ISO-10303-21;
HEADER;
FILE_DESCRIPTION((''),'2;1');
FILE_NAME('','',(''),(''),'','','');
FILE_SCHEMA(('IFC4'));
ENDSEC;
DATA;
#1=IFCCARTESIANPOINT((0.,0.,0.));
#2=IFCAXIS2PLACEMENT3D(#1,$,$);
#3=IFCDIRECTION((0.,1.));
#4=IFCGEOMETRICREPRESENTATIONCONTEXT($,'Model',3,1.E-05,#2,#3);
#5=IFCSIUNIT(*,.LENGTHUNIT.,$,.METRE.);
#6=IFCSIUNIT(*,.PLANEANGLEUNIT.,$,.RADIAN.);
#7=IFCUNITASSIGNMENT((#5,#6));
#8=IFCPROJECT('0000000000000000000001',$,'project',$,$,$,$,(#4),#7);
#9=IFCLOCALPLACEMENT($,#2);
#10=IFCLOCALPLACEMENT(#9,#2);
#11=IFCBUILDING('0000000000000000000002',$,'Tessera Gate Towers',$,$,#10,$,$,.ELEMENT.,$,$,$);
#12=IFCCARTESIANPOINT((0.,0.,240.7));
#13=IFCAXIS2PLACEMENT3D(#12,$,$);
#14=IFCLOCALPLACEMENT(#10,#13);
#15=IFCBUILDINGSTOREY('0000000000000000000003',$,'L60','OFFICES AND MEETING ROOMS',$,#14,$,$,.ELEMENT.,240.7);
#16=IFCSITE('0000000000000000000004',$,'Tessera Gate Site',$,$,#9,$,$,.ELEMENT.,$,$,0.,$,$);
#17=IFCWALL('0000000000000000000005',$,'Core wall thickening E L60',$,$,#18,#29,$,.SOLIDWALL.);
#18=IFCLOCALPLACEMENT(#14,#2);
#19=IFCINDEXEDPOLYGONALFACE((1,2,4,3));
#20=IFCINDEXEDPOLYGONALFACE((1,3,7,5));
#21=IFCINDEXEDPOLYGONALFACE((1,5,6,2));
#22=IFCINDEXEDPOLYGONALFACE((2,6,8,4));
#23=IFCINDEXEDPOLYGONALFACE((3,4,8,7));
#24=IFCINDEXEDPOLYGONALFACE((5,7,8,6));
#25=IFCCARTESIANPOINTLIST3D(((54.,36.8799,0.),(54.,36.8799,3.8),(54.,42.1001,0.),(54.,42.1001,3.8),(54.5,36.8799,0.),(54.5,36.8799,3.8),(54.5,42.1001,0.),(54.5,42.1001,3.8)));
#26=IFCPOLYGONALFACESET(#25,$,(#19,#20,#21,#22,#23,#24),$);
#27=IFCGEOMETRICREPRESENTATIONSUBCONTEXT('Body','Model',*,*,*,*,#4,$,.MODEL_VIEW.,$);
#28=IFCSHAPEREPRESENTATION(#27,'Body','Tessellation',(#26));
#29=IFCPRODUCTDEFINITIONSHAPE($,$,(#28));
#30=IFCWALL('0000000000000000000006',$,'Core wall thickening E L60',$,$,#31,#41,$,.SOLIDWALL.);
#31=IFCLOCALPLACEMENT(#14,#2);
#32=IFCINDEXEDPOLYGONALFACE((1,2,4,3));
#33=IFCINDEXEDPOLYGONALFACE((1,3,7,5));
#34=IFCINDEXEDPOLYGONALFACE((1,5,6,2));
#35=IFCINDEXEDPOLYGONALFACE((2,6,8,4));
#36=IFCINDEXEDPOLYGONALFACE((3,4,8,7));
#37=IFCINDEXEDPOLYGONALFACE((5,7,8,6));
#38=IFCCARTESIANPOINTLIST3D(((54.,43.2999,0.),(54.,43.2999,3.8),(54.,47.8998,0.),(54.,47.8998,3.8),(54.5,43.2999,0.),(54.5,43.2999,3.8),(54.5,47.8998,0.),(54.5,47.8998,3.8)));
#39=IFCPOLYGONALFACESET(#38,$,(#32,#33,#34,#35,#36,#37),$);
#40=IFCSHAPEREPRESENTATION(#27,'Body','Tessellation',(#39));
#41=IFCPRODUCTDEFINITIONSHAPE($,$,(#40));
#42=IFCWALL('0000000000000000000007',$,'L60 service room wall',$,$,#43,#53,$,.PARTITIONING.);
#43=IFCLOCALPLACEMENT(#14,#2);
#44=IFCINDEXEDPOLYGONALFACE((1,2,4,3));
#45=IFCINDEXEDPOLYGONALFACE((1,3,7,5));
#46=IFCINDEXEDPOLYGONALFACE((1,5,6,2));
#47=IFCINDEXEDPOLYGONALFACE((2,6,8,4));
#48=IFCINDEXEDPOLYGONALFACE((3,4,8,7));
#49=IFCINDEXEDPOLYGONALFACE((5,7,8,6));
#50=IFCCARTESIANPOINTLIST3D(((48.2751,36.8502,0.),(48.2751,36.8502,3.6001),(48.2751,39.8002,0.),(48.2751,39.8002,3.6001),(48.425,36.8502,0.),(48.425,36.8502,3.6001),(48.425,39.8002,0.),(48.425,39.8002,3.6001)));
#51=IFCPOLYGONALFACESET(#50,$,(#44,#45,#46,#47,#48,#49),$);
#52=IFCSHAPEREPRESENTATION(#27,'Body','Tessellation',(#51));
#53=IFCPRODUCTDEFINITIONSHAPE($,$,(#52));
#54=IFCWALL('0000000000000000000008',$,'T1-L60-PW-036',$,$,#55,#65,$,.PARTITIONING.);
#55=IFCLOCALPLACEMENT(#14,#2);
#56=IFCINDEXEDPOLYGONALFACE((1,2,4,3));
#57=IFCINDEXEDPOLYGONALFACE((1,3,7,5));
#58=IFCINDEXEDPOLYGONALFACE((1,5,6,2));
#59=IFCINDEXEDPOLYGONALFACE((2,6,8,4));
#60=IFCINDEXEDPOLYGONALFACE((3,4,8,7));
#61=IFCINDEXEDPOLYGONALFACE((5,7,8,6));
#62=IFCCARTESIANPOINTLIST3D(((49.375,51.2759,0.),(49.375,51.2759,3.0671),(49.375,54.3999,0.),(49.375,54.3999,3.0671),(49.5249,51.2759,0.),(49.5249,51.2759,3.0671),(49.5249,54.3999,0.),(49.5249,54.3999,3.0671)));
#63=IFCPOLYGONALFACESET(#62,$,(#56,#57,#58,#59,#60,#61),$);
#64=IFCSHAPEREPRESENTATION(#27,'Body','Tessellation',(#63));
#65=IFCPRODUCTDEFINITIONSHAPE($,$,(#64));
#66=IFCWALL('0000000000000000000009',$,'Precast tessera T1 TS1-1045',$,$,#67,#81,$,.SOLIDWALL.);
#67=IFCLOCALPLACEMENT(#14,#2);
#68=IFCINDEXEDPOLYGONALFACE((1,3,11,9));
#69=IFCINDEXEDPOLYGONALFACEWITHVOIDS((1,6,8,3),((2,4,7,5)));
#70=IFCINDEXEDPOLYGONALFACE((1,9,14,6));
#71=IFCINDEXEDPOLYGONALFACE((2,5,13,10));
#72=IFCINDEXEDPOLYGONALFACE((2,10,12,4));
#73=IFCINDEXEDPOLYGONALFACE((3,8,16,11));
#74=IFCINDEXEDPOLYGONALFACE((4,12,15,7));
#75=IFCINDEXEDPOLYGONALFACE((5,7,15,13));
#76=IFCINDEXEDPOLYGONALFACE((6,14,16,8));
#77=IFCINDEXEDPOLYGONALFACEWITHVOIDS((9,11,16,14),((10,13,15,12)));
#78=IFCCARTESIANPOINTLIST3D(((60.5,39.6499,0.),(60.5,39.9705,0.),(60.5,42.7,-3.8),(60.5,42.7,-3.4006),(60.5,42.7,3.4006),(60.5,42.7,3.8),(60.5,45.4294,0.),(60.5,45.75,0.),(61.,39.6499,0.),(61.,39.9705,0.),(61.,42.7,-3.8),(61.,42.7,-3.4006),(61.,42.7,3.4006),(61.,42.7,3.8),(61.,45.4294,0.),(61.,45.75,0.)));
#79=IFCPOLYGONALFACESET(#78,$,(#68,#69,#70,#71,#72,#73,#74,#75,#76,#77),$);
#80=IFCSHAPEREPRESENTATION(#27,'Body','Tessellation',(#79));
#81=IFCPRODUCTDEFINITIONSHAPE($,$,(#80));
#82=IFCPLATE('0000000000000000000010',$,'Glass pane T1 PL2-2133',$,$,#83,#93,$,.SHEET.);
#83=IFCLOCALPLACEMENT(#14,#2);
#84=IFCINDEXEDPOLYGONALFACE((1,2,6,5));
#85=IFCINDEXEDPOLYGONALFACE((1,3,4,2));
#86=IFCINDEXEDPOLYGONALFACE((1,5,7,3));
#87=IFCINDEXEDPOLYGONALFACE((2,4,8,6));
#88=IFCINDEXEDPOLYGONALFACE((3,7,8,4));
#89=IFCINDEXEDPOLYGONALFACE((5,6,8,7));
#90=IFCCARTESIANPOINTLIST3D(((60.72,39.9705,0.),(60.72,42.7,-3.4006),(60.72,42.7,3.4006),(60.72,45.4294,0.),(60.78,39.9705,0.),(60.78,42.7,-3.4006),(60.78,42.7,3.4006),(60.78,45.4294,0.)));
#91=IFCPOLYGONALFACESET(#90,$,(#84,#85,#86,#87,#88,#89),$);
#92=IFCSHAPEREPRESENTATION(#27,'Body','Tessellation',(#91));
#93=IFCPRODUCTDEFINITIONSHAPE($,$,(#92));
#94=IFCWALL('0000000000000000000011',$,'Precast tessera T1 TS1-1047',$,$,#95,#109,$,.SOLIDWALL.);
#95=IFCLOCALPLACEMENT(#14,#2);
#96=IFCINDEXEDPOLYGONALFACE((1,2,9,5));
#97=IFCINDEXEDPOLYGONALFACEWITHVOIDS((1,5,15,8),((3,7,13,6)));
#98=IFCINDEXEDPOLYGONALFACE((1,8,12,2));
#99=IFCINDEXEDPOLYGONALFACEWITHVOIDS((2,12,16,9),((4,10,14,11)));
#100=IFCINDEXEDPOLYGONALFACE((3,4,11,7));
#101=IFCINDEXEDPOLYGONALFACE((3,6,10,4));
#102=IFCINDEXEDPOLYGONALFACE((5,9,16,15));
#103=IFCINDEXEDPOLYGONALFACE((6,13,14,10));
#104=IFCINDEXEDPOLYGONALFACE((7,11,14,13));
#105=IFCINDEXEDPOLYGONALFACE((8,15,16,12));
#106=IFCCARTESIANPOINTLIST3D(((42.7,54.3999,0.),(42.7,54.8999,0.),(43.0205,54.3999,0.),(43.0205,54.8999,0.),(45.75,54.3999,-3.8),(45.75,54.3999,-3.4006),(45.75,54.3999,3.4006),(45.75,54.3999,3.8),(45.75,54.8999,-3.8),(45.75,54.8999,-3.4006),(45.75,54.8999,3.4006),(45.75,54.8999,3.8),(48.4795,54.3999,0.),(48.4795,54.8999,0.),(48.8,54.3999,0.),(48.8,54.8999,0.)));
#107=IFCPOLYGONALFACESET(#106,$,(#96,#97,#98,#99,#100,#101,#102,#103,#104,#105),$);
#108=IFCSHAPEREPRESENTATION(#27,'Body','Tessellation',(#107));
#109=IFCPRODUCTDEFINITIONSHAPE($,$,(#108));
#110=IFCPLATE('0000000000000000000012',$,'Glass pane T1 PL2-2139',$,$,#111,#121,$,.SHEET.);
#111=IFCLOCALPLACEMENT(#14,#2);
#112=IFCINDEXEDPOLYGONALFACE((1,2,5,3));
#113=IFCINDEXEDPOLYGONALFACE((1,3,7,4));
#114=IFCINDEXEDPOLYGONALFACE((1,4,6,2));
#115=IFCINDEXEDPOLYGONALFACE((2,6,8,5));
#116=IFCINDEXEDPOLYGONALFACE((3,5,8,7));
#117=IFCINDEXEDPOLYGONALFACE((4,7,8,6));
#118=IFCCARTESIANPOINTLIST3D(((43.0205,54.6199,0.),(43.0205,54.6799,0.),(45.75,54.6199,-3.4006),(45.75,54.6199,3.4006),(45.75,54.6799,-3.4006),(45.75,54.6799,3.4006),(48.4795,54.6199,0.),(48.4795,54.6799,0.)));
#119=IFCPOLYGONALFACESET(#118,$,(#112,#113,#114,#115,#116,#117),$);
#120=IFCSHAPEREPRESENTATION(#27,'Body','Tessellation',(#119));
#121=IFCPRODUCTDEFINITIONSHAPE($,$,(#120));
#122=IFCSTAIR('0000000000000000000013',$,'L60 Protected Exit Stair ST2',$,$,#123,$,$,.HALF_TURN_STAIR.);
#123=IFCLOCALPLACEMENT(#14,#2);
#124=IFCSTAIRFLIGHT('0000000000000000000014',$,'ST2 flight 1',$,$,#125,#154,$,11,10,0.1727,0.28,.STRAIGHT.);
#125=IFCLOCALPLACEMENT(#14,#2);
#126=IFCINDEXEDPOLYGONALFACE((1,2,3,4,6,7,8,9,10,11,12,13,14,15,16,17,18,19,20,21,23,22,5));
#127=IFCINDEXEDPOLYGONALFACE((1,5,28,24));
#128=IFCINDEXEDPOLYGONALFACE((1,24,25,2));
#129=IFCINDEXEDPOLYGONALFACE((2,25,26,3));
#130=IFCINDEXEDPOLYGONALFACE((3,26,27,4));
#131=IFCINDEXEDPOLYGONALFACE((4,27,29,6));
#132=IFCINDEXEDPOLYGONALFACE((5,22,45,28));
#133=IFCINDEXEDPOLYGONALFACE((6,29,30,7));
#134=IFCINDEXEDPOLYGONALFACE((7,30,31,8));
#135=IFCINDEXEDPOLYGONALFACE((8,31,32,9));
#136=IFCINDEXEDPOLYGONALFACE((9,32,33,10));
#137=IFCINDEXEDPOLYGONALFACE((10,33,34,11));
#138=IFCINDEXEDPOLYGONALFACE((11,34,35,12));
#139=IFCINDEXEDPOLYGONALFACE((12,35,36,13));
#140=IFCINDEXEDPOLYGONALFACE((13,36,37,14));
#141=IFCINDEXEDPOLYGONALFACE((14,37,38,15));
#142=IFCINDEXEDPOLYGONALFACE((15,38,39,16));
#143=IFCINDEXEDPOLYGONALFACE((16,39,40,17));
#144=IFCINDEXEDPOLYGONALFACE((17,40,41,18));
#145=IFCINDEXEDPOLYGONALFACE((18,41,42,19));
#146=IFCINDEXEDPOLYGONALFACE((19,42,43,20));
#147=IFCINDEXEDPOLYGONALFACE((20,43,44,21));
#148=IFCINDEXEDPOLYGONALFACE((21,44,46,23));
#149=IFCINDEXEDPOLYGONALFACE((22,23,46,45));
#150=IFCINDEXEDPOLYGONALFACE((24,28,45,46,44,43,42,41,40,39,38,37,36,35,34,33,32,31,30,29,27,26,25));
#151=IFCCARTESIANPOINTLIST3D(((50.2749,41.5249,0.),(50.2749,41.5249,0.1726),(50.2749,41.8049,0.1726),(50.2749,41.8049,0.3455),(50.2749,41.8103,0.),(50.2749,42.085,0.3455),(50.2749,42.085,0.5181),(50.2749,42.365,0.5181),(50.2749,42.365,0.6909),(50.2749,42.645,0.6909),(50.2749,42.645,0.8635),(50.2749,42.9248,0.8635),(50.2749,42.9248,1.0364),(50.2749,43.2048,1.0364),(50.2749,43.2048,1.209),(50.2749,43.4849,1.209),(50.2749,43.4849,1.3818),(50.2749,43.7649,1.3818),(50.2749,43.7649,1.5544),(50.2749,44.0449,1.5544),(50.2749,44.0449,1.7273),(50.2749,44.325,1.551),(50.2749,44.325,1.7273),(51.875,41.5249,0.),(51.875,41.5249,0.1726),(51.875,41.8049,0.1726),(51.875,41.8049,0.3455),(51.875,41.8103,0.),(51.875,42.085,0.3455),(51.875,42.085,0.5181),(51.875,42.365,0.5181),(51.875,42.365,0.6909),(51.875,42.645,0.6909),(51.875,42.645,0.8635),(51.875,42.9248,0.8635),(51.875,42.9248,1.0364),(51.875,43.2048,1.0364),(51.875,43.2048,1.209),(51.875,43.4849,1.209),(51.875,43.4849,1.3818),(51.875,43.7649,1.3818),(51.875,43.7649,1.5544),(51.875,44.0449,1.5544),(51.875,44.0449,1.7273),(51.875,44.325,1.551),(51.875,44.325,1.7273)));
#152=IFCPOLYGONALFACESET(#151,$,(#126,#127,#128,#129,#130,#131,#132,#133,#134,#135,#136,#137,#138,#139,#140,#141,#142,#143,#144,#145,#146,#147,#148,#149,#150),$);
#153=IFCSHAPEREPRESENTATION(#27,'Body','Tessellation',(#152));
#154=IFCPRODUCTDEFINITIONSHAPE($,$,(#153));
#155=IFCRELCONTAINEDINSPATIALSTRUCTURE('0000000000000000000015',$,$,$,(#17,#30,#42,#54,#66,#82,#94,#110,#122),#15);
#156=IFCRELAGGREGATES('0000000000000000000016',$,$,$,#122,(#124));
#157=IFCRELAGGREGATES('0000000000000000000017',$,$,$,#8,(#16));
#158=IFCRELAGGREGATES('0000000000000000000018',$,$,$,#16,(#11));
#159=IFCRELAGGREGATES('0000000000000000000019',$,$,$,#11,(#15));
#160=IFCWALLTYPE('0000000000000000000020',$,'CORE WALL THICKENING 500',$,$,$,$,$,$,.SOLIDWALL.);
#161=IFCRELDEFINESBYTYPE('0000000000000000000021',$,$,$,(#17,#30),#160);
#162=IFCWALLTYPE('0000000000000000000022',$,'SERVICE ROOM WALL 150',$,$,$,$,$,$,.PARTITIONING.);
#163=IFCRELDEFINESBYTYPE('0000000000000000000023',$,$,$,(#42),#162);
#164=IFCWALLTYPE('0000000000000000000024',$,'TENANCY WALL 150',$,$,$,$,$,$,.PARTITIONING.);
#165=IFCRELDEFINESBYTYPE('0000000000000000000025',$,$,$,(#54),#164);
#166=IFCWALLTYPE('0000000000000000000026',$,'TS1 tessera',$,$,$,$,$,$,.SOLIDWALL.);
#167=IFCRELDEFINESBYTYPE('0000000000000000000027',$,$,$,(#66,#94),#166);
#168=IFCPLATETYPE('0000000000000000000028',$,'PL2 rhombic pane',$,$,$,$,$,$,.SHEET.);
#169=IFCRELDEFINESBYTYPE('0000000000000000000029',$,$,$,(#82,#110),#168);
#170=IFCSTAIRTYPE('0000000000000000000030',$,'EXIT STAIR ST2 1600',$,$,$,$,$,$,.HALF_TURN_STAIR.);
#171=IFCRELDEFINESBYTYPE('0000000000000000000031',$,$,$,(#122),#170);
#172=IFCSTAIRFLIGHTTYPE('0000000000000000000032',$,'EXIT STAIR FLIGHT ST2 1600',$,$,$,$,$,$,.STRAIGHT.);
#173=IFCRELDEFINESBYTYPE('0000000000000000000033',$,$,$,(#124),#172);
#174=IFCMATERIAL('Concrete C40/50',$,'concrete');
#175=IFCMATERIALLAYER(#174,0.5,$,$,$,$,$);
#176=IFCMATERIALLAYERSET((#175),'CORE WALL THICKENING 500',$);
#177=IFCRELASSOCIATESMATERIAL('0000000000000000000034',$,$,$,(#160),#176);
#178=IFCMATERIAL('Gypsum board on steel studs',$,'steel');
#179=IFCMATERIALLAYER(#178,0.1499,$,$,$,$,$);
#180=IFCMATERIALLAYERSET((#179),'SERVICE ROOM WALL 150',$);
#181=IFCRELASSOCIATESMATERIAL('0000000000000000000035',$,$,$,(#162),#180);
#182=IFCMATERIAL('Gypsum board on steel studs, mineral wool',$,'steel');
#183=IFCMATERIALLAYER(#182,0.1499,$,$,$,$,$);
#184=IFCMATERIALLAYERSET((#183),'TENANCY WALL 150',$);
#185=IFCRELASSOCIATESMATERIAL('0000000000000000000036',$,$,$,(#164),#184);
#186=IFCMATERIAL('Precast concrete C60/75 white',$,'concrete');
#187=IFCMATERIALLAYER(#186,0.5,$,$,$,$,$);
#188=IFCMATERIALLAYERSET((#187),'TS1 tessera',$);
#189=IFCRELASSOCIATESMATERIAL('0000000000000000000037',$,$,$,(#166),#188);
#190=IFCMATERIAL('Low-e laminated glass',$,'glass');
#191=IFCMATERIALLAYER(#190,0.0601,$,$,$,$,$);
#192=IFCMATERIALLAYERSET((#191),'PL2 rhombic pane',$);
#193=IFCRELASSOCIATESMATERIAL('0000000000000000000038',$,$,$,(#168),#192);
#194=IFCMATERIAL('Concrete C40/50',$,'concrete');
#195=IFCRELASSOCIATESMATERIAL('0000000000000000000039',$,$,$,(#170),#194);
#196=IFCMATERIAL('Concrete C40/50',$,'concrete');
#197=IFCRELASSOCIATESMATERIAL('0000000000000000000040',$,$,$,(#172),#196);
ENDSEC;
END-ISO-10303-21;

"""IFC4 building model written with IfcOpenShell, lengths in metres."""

from ifc_helpers import new_model, si_unit, direction, frame, frame_2d, origin, place, context, subcontext, project, spatial, polyline, rectangle, outline, extrude, source, transform, mapped, material, layer, layer_set, type_object, element, fill, aggregate, save


model = new_model("IFC4")

# Units and contexts
model_context = context("Model", 3, precision=1e-05, world=origin(), true_north=direction((0.0, 1.0)))
body_context = subcontext(model_context, "Body", "Model", "MODEL_VIEW")
ifc_project = project(units=[si_unit("LENGTHUNIT", "METRE"), si_unit("PLANEANGLEUNIT", "RADIAN")], contexts=[model_context])

# Site, building, storey
site_placement = place(None, origin())
site = spatial("IfcSite", under=ifc_project, at=site_placement, Name="Tessera Gate Site", CompositionType="ELEMENT", RefElevation=0.0)
building_placement = place(site_placement, origin())
building = spatial("IfcBuilding", under=site, at=building_placement, Name="Tessera Gate Towers", CompositionType="ELEMENT")
storey_placement = place(building_placement, frame((0.0, 0.0, 240.7)))
storey = spatial("IfcBuildingStorey", under=building, at=storey_placement, Name="L60", Description="OFFICES AND MEETING ROOMS", CompositionType="ELEMENT", Elevation=240.7)

# Walls
ifc_material_1 = material(Name="Concrete C40/50", Category="concrete")
ifc_layer_1 = layer(ifc_material_1, 0.5)
ifc_layer_set_1 = layer_set([ifc_layer_1], Name="CORE WALL THICKENING 500")
wall_type_1 = type_object("IfcWallType", Name="CORE WALL THICKENING 500", PredefinedType="SOLIDWALL", material=ifc_layer_set_1)
wall_1_placement = place(storey_placement, frame((54.25, 36.8799, 0.0), z_axis=(0.0, 0.0, 1.0), x_axis=(0.0, 1.0, 0.0)))
element("IfcWall", 1, at=wall_1_placement, inside=storey, type_object=wall_type_1, Name="Core wall thickening E L60", PredefinedType="SOLIDWALL", context=body_context, shape_type="SweptSolid", body=[
    extrude(rectangle(XDim=5.2202, YDim=0.5, at=frame_2d((2.6101, 0.0))), origin(), (0.0, 0.0, 1.0), 3.8),
])
wall_2_placement = place(storey_placement, frame((54.25, 43.3, 0.0), z_axis=(0.0, 0.0, 1.0), x_axis=(0.0, 1.0, 0.0)))
element("IfcWall", 2, at=wall_2_placement, inside=storey, type_object=wall_type_1, Name="Core wall thickening E L60", PredefinedType="SOLIDWALL", context=body_context, shape_type="SweptSolid", body=[
    extrude(rectangle(XDim=4.5999, YDim=0.5, at=frame_2d((2.2998, 0.0))), origin(), (0.0, 0.0, 1.0), 3.8),
])
ifc_material_2 = material(Name="Gypsum board on steel studs", Category="steel")
ifc_layer_2 = layer(ifc_material_2, 0.1499)
ifc_layer_set_2 = layer_set([ifc_layer_2], Name="SERVICE ROOM WALL 150")
wall_type_2 = type_object("IfcWallType", Name="SERVICE ROOM WALL 150", PredefinedType="PARTITIONING", material=ifc_layer_set_2)
wall_3_placement = place(storey_placement, frame((48.3501, 36.8501, 0.0), z_axis=(0.0, 0.0, 1.0), x_axis=(0.0, 1.0, 0.0)))
element("IfcWall", 3, at=wall_3_placement, inside=storey, type_object=wall_type_2, Name="L60 service room wall", PredefinedType="PARTITIONING", context=body_context, shape_type="SweptSolid", body=[
    extrude(rectangle(XDim=2.95, YDim=0.1499, at=frame_2d((1.4751, 0.0))), origin(), (0.0, 0.0, 1.0), 3.6001),
])
ifc_material_3 = material(Name="Gypsum board on steel studs, mineral wool", Category="steel")
ifc_layer_3 = layer(ifc_material_3, 0.1499)
ifc_layer_set_3 = layer_set([ifc_layer_3], Name="TENANCY WALL 150")
wall_type_3 = type_object("IfcWallType", Name="TENANCY WALL 150", PredefinedType="PARTITIONING", material=ifc_layer_set_3)
wall_4_placement = place(storey_placement, frame((49.45, 51.2759, 0.0), z_axis=(0.0, 0.0, 1.0), x_axis=(0.0, 1.0, 0.0)))
element("IfcWall", 4, at=wall_4_placement, inside=storey, type_object=wall_type_3, Name="T1-L60-PW-036", PredefinedType="PARTITIONING", context=body_context, shape_type="SweptSolid", body=[
    extrude(rectangle(XDim=3.124, YDim=0.1499, at=frame_2d((1.562, 0.0))), origin(), (0.0, 0.0, 1.0), 3.0671),
])

# Walls, openings, plates
ifc_material_4 = material(Name="Precast concrete C60/75 white", Category="concrete")
ifc_layer_4 = layer(ifc_material_4, 0.5)
ifc_layer_set_4 = layer_set([ifc_layer_4], Name="TS1 tessera")
wall_type_4 = type_object("IfcWallType", Name="TS1 tessera", PredefinedType="SOLIDWALL", material=ifc_layer_set_4)
shared_shape_1 = source(origin(), body_context, "Body", "SweptSolid", [
    extrude(outline(polyline([(3.05, 0.0), (6.1001, 3.8), (3.05, 7.6001), (0.0, 3.8), (3.05, 0.0)])), frame((0.0, 0.25, 0.0), z_axis=(0.0, -1.0, 0.0), x_axis=(1.0, 0.0, 0.0)), (0.0, 0.0, 1.0), 0.5),
])
wall_5_placement = place(storey_placement, frame((60.75, 39.6499, -3.8), z_axis=(0.0, 0.0, 1.0), x_axis=(0.0, 1.0, 0.0)))
wall_5 = element("IfcWall", 5, at=wall_5_placement, inside=storey, type_object=wall_type_4, Name="Precast tessera T1 TS1-1045", PredefinedType="SOLIDWALL", context=body_context, shape_type="MappedRepresentation", body=[
    mapped(shared_shape_1, transform((0.0, 0.0, 0.0), scale=1.0)),
])
shared_shape_2 = source(origin(), body_context, "Body", "SweptSolid", [
    extrude(outline(polyline([(3.05, 0.3994), (5.7795, 3.8), (3.05, 7.2007), (0.3206, 3.8), (3.05, 0.3994)])), frame((0.0, 0.26, 0.0), z_axis=(0.0, -1.0, 0.0), x_axis=(1.0, 0.0, 0.0)), (0.0, 0.0, 1.0), 0.52),
])
opening_1_placement = place(wall_5_placement, origin())
opening_1 = element("IfcOpeningElement", 6, at=opening_1_placement, cuts=wall_5, PredefinedType="OPENING", context=body_context, shape_type="MappedRepresentation", body=[
    mapped(shared_shape_2, transform((0.0, 0.0, 0.0), scale=1.0)),
])
ifc_material_5 = material(Name="Low-e laminated glass", Category="glass")
ifc_layer_5 = layer(ifc_material_5, 0.0601)
ifc_layer_set_5 = layer_set([ifc_layer_5], Name="PL2 rhombic pane")
plate_type = type_object("IfcPlateType", Name="PL2 rhombic pane", PredefinedType="SHEET", material=ifc_layer_set_5)
shared_shape_3 = source(origin(), body_context, "Body", "SweptSolid", [
    extrude(outline(polyline([(3.05, 0.3994), (5.7795, 3.8), (3.05, 7.2007), (0.3206, 3.8), (3.05, 0.3994)])), frame((0.0, 0.03, 0.0), z_axis=(0.0, -1.0, 0.0), x_axis=(1.0, 0.0, 0.0)), (0.0, 0.0, 1.0), 0.0601),
])
plate_1_placement = place(opening_1_placement, origin())
plate_1 = element("IfcPlate", 7, at=plate_1_placement, inside=storey, type_object=plate_type, Name="Glass pane T1 PL2-2133", PredefinedType="SHEET", context=body_context, shape_type="MappedRepresentation", body=[
    mapped(shared_shape_3, transform((0.0, 0.0, 0.0), scale=1.0)),
])
fill(opening_1, plate_1)
wall_6_placement = place(storey_placement, frame((48.8, 54.6499, -3.8), z_axis=(0.0, 0.0, 1.0), x_axis=(-1.0, 0.0, 0.0)))
wall_6 = element("IfcWall", 8, at=wall_6_placement, inside=storey, type_object=wall_type_4, Name="Precast tessera T1 TS1-1047", PredefinedType="SOLIDWALL", context=body_context, shape_type="MappedRepresentation", body=[
    mapped(shared_shape_1, transform((0.0, 0.0, 0.0), scale=1.0)),
])
opening_2_placement = place(wall_6_placement, origin())
opening_2 = element("IfcOpeningElement", 9, at=opening_2_placement, cuts=wall_6, PredefinedType="OPENING", context=body_context, shape_type="MappedRepresentation", body=[
    mapped(shared_shape_2, transform((0.0, 0.0, 0.0), scale=1.0)),
])
plate_2_placement = place(opening_2_placement, origin())
plate_2 = element("IfcPlate", 10, at=plate_2_placement, inside=storey, type_object=plate_type, Name="Glass pane T1 PL2-2139", PredefinedType="SHEET", context=body_context, shape_type="MappedRepresentation", body=[
    mapped(shared_shape_3, transform((0.0, 0.0, 0.0), scale=1.0)),
])
fill(opening_2, plate_2)

# Stair, stair flight
ifc_material_6 = material(Name="Concrete C40/50", Category="concrete")
stair_type = type_object("IfcStairType", Name="EXIT STAIR ST2 1600", PredefinedType="HALF_TURN_STAIR", material=ifc_material_6)
stair_placement = place(storey_placement, origin())
stair = element("IfcStair", 11, at=stair_placement, inside=storey, type_object=stair_type, Name="L60 Protected Exit Stair ST2", PredefinedType="HALF_TURN_STAIR")
ifc_material_7 = material(Name="Concrete C40/50", Category="concrete")
stair_flight_type = type_object("IfcStairFlightType", Name="EXIT STAIR FLIGHT ST2 1600", PredefinedType="STRAIGHT", material=ifc_material_7)
stair_flight_1_placement = place(storey_placement, frame((51.075, 41.5249, 0.0), z_axis=(0.0, 0.0, 1.0), x_axis=(0.0, 1.0, 0.0)))
stair_flight_1 = element("IfcStairFlight", 12, at=stair_flight_1_placement, type_object=stair_flight_type, Name="ST2 flight 1", NumberOfRisers=11, NumberOfTreads=10, PredefinedType="STRAIGHT", RiserHeight=0.1727, TreadLength=0.28, context=body_context, shape_type="SweptSolid", body=[
    extrude(outline(polyline([(0.0, 0.0), (0.0, 0.1726), (0.28, 0.1726), (0.28, 0.3455), (0.5601, 0.3455), (0.5601, 0.5181), (0.8401, 0.5181), (0.8401, 0.6909), (1.1201, 0.6909), (1.1201, 0.8635), (1.3999, 0.8635), (1.3999, 1.0364), (1.6799, 1.0364), (1.6799, 1.209), (1.96, 1.209), (1.96, 1.3818), (2.24, 1.3818), (2.24, 1.5544), (2.52, 1.5544), (2.52, 1.7273), (2.8, 1.7273), (2.8, 1.8999), (2.8, 1.551), (0.2854, 0.0), (0.0, 0.0)])), frame((0.0, 0.8, 0.0), z_axis=(0.0, -1.0, 0.0), x_axis=(1.0, 0.0, 0.0)), (0.0, 0.0, 1.0), 1.6001),
])
aggregate(stair, [stair_flight_1])

save(model, "model.ifc")
